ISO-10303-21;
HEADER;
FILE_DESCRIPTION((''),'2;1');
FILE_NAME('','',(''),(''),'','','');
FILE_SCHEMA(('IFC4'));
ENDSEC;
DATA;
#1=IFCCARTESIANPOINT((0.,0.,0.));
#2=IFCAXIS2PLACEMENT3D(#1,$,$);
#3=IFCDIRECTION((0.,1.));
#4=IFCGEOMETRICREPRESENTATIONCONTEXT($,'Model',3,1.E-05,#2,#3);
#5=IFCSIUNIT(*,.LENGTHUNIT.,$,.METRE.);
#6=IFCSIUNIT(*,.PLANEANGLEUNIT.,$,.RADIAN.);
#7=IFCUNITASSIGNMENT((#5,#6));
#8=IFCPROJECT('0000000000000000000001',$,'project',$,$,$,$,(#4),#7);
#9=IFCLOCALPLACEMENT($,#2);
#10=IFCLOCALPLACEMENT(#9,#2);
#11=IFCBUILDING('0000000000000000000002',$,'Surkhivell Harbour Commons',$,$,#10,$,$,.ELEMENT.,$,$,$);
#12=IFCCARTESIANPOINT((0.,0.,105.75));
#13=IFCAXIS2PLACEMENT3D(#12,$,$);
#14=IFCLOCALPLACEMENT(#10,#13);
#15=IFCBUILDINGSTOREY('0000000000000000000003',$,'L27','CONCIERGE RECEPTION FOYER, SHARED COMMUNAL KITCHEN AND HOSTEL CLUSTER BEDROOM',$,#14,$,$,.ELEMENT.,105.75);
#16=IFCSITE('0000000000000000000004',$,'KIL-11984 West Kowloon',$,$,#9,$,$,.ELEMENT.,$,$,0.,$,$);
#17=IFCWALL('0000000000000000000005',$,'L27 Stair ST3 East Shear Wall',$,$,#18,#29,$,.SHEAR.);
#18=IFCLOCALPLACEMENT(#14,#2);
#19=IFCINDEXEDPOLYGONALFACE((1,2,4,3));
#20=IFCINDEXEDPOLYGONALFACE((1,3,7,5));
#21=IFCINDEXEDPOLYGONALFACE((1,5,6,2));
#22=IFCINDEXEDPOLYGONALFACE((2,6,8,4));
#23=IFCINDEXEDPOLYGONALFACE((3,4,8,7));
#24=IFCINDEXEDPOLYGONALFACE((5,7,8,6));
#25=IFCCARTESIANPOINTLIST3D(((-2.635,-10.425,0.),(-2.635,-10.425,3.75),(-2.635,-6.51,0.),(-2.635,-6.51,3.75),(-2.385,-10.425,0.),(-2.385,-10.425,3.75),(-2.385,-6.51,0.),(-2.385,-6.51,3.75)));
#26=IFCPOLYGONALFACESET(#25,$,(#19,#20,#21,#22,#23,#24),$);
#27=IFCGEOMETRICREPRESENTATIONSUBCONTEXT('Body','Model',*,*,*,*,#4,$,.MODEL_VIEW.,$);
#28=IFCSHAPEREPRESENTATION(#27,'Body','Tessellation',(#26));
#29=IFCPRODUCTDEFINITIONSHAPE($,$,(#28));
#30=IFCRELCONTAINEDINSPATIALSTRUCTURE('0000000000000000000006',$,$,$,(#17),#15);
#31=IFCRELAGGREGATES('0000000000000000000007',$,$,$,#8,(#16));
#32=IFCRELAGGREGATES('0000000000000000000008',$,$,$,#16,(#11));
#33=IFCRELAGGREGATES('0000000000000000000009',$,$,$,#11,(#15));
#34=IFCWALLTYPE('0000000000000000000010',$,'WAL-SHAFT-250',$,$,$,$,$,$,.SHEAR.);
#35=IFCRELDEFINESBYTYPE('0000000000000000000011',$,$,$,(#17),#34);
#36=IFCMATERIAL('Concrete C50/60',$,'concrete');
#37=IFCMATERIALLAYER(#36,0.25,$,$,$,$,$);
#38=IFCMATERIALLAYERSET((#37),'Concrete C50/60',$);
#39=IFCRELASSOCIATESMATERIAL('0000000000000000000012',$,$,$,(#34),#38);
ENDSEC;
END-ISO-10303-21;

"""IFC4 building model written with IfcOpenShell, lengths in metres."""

from ifc_helpers import new_model, si_unit, direction, frame, frame_2d, origin, place, context, subcontext, project, spatial, rectangle, extrude, material, layer, layer_set, type_object, element, save


model = new_model("IFC4")

# Units and contexts
model_context = context("Model", 3, precision=1e-05, world=origin(), true_north=direction((0.0, 1.0)))
body_context = subcontext(model_context, "Body", "Model", "MODEL_VIEW")
ifc_project = project(units=[si_unit("LENGTHUNIT", "METRE"), si_unit("PLANEANGLEUNIT", "RADIAN")], contexts=[model_context])

# Site, building, storey
site_placement = place(None, origin())
site = spatial("IfcSite", under=ifc_project, at=site_placement, Name="KIL-11984 West Kowloon", CompositionType="ELEMENT", RefElevation=0.0)
building_placement = place(site_placement, origin())
building = spatial("IfcBuilding", under=site, at=building_placement, Name="Surkhivell Harbour Commons", CompositionType="ELEMENT")
storey_placement = place(building_placement, frame((0.0, 0.0, 105.75)))
storey = spatial("IfcBuildingStorey", under=building, at=storey_placement, Name="L27", Description="CONCIERGE RECEPTION FOYER, SHARED COMMUNAL KITCHEN AND HOSTEL CLUSTER BEDROOM", CompositionType="ELEMENT", Elevation=105.75)

# Shared definitions
ifc_material_1 = material(Name="Concrete C50/60", Category="concrete")
ifc_layer_1 = layer(ifc_material_1, 0.25)
ifc_layer_set_1 = layer_set([ifc_layer_1], Name="Concrete C50/60")
wall_type_1 = type_object("IfcWallType", Name="WAL-SHAFT-250", PredefinedType="SHEAR", material=ifc_layer_set_1)

# Wall
for number, where, z_axis, x_axis, name in (
    (1, (-2.51, -10.425, 0.0), (0.0, 0.0, 1.0), (0.0, 1.0, 0.0), "L27 Stair ST3 East Shear Wall"),
):
    element("IfcWall", number, at=place(storey_placement, frame(where, z_axis=z_axis, x_axis=x_axis)), inside=storey, type_object=wall_type_1, Name=name, PredefinedType="SHEAR", context=body_context, shape_type="SweptSolid", body=[
        extrude(rectangle(XDim=3.915, YDim=0.25, at=frame_2d((1.9575, 0.0))), origin(), (0.0, 0.0, 1.0), 3.75),
    ])

save(model, "model.ifc")
